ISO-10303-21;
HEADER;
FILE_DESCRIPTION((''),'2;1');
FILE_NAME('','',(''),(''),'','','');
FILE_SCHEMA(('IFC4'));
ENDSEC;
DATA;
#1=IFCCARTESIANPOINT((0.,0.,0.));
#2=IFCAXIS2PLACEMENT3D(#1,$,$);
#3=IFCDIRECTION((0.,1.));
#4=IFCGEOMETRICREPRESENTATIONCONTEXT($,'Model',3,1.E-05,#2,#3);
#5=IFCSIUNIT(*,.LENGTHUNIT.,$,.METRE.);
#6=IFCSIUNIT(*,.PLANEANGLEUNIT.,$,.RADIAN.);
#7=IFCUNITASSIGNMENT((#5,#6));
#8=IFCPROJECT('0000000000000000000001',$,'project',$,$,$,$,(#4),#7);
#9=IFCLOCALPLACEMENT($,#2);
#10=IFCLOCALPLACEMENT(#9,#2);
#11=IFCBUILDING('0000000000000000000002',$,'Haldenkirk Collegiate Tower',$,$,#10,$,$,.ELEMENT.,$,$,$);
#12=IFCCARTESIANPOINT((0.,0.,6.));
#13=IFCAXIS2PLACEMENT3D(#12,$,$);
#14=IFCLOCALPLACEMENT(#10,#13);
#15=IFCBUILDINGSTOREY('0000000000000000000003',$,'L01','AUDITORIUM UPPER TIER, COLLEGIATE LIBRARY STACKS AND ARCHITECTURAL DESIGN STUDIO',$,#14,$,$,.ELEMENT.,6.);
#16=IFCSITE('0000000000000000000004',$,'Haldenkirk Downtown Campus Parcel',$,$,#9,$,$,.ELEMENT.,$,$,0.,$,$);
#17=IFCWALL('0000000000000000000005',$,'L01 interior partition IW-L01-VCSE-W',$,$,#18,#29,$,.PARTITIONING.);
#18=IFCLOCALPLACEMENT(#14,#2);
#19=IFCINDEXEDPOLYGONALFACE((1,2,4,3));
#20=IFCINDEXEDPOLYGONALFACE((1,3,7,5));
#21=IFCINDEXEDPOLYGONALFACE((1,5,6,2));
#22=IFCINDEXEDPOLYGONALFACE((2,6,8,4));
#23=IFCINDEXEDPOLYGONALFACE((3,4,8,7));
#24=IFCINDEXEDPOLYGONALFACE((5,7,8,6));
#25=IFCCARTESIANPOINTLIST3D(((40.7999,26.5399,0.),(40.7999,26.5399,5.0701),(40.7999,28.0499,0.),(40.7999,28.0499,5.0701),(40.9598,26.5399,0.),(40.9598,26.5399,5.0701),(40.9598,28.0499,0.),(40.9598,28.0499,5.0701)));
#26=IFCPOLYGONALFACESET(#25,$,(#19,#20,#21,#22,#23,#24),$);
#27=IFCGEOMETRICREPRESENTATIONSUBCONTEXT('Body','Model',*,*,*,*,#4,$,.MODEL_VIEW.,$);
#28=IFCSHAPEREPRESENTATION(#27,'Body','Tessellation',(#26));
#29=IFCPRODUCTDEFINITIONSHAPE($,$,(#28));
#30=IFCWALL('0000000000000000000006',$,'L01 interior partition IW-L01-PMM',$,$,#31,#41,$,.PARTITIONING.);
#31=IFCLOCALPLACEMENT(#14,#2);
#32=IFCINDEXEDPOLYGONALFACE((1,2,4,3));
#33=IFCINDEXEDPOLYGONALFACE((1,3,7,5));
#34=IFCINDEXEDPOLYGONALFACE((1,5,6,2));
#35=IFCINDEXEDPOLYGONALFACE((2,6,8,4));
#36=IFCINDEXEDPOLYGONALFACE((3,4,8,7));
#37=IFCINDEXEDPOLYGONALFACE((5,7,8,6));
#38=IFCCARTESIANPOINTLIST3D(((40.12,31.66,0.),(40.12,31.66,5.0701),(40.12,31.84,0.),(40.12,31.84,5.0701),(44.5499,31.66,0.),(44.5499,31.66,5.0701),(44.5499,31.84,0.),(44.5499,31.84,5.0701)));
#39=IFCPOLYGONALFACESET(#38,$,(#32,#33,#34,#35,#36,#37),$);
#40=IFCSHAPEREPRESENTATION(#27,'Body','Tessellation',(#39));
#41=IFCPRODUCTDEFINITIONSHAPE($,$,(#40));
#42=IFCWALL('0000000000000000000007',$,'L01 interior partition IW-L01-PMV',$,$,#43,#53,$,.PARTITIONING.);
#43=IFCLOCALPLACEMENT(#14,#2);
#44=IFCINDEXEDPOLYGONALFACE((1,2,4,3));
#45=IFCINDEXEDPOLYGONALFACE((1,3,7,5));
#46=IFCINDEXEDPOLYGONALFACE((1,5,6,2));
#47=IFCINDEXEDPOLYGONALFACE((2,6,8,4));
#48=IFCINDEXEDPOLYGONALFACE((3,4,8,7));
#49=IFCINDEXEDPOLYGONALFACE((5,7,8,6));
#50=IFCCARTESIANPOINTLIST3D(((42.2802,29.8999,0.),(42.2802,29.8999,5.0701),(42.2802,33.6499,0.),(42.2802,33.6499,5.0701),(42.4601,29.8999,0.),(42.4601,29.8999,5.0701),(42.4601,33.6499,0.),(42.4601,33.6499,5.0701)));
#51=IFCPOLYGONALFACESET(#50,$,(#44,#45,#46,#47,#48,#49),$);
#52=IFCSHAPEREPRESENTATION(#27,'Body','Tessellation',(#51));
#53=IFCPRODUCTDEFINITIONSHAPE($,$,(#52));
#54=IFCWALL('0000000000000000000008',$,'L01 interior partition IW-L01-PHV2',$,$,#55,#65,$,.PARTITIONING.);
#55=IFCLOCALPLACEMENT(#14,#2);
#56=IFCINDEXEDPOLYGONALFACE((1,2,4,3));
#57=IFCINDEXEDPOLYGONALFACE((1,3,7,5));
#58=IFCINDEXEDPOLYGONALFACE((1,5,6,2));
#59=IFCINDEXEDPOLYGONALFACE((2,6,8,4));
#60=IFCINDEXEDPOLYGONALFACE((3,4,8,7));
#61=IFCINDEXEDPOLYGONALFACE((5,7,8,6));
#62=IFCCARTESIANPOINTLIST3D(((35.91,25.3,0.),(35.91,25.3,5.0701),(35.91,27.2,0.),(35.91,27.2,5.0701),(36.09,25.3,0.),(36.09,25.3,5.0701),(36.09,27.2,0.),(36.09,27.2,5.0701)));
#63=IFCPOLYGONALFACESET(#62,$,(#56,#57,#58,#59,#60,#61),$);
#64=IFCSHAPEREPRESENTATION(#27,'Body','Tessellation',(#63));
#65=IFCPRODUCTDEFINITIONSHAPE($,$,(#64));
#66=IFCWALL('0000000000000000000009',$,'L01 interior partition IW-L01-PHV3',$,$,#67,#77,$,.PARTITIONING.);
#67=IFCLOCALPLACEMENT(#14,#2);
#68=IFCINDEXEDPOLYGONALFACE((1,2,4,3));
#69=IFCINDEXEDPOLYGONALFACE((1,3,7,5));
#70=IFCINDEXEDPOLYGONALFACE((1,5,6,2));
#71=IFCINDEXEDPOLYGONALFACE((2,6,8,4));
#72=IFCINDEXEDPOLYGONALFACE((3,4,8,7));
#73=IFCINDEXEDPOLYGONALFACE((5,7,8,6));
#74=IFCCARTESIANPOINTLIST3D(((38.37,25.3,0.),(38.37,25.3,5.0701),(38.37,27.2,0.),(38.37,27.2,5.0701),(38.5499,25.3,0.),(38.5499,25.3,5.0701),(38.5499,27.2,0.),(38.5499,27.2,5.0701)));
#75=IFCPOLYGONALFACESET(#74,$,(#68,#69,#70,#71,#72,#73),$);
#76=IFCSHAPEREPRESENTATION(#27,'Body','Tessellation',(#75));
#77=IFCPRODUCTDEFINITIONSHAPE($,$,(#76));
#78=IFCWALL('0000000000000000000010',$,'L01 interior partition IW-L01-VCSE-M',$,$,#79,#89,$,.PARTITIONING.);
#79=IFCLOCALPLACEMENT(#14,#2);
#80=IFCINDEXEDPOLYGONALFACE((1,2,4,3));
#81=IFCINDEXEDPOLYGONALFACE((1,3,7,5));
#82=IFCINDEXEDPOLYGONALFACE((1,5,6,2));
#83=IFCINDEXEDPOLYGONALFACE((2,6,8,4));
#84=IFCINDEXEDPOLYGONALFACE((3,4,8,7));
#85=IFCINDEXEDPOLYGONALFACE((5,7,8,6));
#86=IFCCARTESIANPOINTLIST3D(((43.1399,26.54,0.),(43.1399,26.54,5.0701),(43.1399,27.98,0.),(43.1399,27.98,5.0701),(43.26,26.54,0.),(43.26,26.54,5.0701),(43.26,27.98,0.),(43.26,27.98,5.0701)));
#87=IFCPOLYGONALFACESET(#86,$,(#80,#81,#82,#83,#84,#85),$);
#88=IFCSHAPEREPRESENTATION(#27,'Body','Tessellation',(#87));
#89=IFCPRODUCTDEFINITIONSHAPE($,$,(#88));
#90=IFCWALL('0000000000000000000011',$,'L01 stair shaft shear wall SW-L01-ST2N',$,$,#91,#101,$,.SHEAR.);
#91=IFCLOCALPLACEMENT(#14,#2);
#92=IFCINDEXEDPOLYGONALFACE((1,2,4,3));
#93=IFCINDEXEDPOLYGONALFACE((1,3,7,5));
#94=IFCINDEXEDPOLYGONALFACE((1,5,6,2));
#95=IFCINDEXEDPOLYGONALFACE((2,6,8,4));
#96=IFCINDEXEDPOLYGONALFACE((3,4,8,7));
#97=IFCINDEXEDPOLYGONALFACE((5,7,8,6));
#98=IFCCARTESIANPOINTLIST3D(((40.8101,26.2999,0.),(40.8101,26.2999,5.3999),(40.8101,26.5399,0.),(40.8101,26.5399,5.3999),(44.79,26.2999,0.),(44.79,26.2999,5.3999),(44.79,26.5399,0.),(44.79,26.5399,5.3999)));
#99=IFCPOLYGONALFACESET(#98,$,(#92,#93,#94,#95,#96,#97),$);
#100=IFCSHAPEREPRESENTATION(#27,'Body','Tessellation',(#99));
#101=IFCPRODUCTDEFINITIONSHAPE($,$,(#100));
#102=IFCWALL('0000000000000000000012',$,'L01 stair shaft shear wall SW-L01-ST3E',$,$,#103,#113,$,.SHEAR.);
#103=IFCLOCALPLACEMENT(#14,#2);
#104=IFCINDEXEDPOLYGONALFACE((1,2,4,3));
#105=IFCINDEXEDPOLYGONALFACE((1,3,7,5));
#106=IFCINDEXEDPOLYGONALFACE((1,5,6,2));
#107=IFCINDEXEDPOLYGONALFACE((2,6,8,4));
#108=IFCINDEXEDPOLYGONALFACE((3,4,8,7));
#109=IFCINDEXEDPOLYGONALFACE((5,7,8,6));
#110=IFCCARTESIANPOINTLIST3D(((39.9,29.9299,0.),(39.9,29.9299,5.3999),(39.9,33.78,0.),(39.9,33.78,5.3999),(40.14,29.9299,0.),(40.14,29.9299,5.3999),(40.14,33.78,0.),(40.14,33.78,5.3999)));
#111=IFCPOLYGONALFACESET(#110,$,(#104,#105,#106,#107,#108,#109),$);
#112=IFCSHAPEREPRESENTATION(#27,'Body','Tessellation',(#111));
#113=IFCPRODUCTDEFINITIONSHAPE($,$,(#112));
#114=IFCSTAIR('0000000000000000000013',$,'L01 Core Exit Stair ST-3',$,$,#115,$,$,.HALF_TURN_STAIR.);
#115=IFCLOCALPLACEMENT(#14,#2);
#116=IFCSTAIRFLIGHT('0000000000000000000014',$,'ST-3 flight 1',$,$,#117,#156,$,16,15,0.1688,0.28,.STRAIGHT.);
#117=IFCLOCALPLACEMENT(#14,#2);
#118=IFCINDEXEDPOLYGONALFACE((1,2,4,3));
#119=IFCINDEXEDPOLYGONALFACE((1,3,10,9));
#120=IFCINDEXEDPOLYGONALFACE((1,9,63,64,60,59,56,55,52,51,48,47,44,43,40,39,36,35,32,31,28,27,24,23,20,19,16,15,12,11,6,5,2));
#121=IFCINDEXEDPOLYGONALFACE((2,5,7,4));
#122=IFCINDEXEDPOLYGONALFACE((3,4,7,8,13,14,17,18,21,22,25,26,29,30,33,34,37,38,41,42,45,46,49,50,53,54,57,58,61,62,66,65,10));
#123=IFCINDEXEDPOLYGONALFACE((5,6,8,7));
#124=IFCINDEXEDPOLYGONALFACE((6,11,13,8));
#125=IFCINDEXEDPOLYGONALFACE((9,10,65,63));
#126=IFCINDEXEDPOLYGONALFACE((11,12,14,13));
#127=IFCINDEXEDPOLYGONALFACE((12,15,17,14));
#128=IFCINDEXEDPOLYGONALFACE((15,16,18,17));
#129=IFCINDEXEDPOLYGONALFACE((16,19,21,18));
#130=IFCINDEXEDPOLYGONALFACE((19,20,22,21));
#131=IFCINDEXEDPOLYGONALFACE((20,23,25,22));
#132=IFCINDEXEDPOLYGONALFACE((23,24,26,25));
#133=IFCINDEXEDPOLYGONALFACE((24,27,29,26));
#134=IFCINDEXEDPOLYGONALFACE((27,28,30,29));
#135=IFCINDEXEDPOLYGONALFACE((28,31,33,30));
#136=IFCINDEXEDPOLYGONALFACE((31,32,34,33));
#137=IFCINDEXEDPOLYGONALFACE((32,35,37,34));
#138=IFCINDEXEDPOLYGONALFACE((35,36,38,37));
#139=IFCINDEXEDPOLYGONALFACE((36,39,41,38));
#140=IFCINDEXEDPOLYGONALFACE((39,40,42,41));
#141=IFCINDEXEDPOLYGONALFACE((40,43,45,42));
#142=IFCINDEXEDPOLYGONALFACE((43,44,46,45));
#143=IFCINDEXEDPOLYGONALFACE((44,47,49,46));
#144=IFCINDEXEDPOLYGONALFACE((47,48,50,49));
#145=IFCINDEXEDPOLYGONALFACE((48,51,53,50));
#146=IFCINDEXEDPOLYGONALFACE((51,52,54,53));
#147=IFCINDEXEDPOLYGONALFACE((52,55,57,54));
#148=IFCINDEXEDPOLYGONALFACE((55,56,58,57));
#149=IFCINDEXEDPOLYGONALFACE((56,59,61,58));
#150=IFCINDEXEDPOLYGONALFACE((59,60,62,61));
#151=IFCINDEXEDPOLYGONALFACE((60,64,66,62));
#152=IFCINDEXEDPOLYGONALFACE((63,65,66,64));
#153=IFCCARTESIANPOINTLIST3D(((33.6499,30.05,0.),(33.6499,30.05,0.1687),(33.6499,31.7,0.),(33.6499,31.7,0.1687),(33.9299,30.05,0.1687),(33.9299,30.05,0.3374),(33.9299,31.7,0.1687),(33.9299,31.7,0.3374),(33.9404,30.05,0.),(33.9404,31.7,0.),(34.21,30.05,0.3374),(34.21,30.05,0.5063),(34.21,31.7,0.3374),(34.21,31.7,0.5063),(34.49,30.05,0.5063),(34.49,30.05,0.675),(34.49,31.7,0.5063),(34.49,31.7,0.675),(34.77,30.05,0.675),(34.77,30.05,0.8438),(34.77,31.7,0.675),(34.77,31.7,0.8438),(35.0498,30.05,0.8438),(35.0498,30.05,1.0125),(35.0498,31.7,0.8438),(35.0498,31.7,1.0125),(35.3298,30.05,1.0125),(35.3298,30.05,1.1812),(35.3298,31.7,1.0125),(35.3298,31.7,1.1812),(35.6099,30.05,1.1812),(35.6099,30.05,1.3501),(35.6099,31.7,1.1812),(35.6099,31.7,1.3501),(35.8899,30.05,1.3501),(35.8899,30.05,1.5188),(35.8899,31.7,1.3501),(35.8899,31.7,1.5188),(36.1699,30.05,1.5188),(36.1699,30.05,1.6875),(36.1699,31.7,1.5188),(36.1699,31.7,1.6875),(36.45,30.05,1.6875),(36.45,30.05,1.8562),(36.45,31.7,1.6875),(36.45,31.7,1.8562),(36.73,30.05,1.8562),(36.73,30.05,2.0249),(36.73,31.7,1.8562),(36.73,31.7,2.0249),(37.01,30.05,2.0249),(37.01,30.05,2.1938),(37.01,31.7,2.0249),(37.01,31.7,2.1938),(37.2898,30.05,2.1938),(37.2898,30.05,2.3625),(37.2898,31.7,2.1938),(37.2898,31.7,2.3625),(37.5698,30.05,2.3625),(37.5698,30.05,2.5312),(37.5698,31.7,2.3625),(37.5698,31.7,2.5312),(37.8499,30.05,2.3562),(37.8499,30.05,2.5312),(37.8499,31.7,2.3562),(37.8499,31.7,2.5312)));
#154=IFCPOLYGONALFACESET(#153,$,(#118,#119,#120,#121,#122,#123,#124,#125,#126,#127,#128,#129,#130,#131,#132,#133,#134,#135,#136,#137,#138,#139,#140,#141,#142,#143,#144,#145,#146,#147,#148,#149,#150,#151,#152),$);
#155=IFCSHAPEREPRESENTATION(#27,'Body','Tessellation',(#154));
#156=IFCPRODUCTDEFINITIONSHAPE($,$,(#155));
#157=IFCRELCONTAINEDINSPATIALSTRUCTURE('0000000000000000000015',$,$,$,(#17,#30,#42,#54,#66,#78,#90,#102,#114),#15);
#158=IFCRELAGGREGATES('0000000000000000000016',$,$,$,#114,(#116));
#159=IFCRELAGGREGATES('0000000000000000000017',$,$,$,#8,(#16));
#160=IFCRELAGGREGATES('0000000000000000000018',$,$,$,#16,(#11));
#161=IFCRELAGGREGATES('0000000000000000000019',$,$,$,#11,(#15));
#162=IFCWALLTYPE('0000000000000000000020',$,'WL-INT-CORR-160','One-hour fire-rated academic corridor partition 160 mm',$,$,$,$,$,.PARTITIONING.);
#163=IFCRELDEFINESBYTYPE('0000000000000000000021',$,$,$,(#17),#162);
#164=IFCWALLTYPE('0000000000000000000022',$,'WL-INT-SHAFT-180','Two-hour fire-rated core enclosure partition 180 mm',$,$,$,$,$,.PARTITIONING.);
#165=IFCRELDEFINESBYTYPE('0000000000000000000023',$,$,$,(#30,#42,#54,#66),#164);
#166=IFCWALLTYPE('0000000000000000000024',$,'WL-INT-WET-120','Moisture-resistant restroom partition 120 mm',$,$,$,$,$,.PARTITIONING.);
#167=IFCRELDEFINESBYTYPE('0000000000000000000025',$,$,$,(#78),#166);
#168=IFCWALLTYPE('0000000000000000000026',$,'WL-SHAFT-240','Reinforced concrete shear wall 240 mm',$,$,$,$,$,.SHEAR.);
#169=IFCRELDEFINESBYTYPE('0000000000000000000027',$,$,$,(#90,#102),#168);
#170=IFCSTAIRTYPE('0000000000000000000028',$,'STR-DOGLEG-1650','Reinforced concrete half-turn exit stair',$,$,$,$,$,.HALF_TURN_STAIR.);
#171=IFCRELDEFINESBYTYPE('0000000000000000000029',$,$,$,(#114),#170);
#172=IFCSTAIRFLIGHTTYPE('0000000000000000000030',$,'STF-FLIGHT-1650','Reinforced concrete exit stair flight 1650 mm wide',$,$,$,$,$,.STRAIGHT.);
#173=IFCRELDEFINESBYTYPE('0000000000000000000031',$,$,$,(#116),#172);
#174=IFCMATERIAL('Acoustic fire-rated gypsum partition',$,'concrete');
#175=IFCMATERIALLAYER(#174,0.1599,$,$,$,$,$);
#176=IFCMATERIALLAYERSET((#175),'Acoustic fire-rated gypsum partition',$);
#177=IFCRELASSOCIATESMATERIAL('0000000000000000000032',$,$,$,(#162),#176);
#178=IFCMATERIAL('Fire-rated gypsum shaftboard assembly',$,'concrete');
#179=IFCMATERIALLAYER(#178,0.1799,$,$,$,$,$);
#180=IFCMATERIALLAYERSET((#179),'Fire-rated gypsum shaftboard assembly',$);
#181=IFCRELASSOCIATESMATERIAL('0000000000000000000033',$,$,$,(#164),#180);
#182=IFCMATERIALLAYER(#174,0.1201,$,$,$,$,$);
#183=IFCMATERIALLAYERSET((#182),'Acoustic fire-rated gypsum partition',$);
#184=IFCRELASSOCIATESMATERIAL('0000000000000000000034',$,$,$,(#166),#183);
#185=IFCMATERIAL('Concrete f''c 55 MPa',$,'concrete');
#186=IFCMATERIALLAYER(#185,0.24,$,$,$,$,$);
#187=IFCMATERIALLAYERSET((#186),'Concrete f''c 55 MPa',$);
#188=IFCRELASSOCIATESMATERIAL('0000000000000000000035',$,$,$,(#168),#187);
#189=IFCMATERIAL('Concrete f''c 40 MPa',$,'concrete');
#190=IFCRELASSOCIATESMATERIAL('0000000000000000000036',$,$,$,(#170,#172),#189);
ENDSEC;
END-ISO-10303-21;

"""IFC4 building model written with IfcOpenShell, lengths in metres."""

from ifc_helpers import new_model, si_unit, direction, frame, frame_2d, origin, place, context, subcontext, project, spatial, polyline, rectangle, outline, extrude, material, layer, layer_set, type_object, element, aggregate, save


model = new_model("IFC4")

# Units and contexts
model_context = context("Model", 3, precision=1e-05, world=origin(), true_north=direction((0.0, 1.0)))
body_context = subcontext(model_context, "Body", "Model", "MODEL_VIEW")
ifc_project = project(units=[si_unit("LENGTHUNIT", "METRE"), si_unit("PLANEANGLEUNIT", "RADIAN")], contexts=[model_context])

# Site, building, storey
site_placement = place(None, origin())
site = spatial("IfcSite", under=ifc_project, at=site_placement, Name="Haldenkirk Downtown Campus Parcel", CompositionType="ELEMENT", RefElevation=0.0)
building_placement = place(site_placement, origin())
building = spatial("IfcBuilding", under=site, at=building_placement, Name="Haldenkirk Collegiate Tower", CompositionType="ELEMENT")
storey_placement = place(building_placement, frame((0.0, 0.0, 6.0)))
storey = spatial("IfcBuildingStorey", under=building, at=storey_placement, Name="L01", Description="AUDITORIUM UPPER TIER, COLLEGIATE LIBRARY STACKS AND ARCHITECTURAL DESIGN STUDIO", CompositionType="ELEMENT", Elevation=6.0)

# Shared definitions
ifc_material_1 = material(Name="Acoustic fire-rated gypsum partition", Category="concrete")
ifc_layer_1 = layer(ifc_material_1, 0.1599)
ifc_layer_set_1 = layer_set([ifc_layer_1], Name="Acoustic fire-rated gypsum partition")
wall_type_1 = type_object("IfcWallType", Name="WL-INT-CORR-160", Description="One-hour fire-rated academic corridor partition 160 mm", PredefinedType="PARTITIONING", material=ifc_layer_set_1)

# Wall
wall_1_placement = place(storey_placement, frame((40.8799, 26.54, 0.0), z_axis=(0.0, 0.0, 1.0), x_axis=(0.0, 1.0, 0.0)))
element("IfcWall", 1, at=wall_1_placement, inside=storey, type_object=wall_type_1, Name="L01 interior partition IW-L01-VCSE-W", PredefinedType="PARTITIONING", context=body_context, shape_type="SweptSolid", body=[
    extrude(rectangle(XDim=1.51, YDim=0.1599, at=frame_2d((0.7549, 0.0))), origin(), (0.0, 0.0, 1.0), 5.0701),
])

# Shared definitions
ifc_material_2 = material(Name="Fire-rated gypsum shaftboard assembly", Category="concrete")
ifc_layer_2 = layer(ifc_material_2, 0.1799)
ifc_layer_set_2 = layer_set([ifc_layer_2], Name="Fire-rated gypsum shaftboard assembly")
wall_type_2 = type_object("IfcWallType", Name="WL-INT-SHAFT-180", Description="Two-hour fire-rated core enclosure partition 180 mm", PredefinedType="PARTITIONING", material=ifc_layer_set_2)

# Walls
wall_2_placement = place(storey_placement, frame((40.1201, 31.75, 0.0), z_axis=(0.0, 0.0, 1.0), x_axis=(1.0, 0.0, 0.0)))
element("IfcWall", 2, at=wall_2_placement, inside=storey, type_object=wall_type_2, Name="L01 interior partition IW-L01-PMM", PredefinedType="PARTITIONING", context=body_context, shape_type="SweptSolid", body=[
    extrude(rectangle(XDim=4.4299, YDim=0.1799, at=frame_2d((2.2148, 0.0))), origin(), (0.0, 0.0, 1.0), 5.0701),
])
wall_3_placement = place(storey_placement, frame((42.3701, 29.8999, 0.0), z_axis=(0.0, 0.0, 1.0), x_axis=(0.0, 1.0, 0.0)))
element("IfcWall", 3, at=wall_3_placement, inside=storey, type_object=wall_type_2, Name="L01 interior partition IW-L01-PMV", PredefinedType="PARTITIONING", context=body_context, shape_type="SweptSolid", body=[
    extrude(rectangle(XDim=3.75, YDim=0.1799, at=frame_2d((1.875, 0.0))), origin(), (0.0, 0.0, 1.0), 5.0701),
])
for number, where, z_axis, x_axis, name in (
    (4, (36.0, 25.3, 0.0), (0.0, 0.0, 1.0), (0.0, 1.0, 0.0), "L01 interior partition IW-L01-PHV2"),
    (5, (38.46, 25.3, 0.0), (0.0, 0.0, 1.0), (0.0, 1.0, 0.0), "L01 interior partition IW-L01-PHV3"),
):
    element("IfcWall", number, at=place(storey_placement, frame(where, z_axis=z_axis, x_axis=x_axis)), inside=storey, type_object=wall_type_2, Name=name, PredefinedType="PARTITIONING", context=body_context, shape_type="SweptSolid", body=[
        extrude(rectangle(XDim=1.8999, YDim=0.1799, at=frame_2d((0.95, 0.0))), origin(), (0.0, 0.0, 1.0), 5.0701),
    ])
ifc_layer_3 = layer(ifc_material_1, 0.1201)
ifc_layer_set_3 = layer_set([ifc_layer_3], Name="Acoustic fire-rated gypsum partition")
wall_type_3 = type_object("IfcWallType", Name="WL-INT-WET-120", Description="Moisture-resistant restroom partition 120 mm", PredefinedType="PARTITIONING", material=ifc_layer_set_3)
wall_4_placement = place(storey_placement, frame((43.2, 26.54, 0.0), z_axis=(0.0, 0.0, 1.0), x_axis=(0.0, 1.0, 0.0)))
element("IfcWall", 6, at=wall_4_placement, inside=storey, type_object=wall_type_3, Name="L01 interior partition IW-L01-VCSE-M", PredefinedType="PARTITIONING", context=body_context, shape_type="SweptSolid", body=[
    extrude(rectangle(XDim=1.4399, YDim=0.1201, at=frame_2d((0.72, 0.0))), origin(), (0.0, 0.0, 1.0), 5.0701),
])
ifc_material_3 = material(Name="Concrete f'c 55 MPa", Category="concrete")
ifc_layer_4 = layer(ifc_material_3, 0.24)
ifc_layer_set_4 = layer_set([ifc_layer_4], Name="Concrete f'c 55 MPa")
wall_type_4 = type_object("IfcWallType", Name="WL-SHAFT-240", Description="Reinforced concrete shear wall 240 mm", PredefinedType="SHEAR", material=ifc_layer_set_4)
wall_5_placement = place(storey_placement, frame((40.8101, 26.4199, 0.0), z_axis=(0.0, 0.0, 1.0), x_axis=(1.0, 0.0, 0.0)))
element("IfcWall", 7, at=wall_5_placement, inside=storey, type_object=wall_type_4, Name="L01 stair shaft shear wall SW-L01-ST2N", PredefinedType="SHEAR", context=body_context, shape_type="SweptSolid", body=[
    extrude(rectangle(XDim=3.98, YDim=0.24, at=frame_2d((1.99, 0.0))), origin(), (0.0, 0.0, 1.0), 5.3999),
])
wall_6_placement = place(storey_placement, frame((40.02, 29.9299, 0.0), z_axis=(0.0, 0.0, 1.0), x_axis=(0.0, 1.0, 0.0)))
element("IfcWall", 8, at=wall_6_placement, inside=storey, type_object=wall_type_4, Name="L01 stair shaft shear wall SW-L01-ST3E", PredefinedType="SHEAR", context=body_context, shape_type="SweptSolid", body=[
    extrude(rectangle(XDim=3.8501, YDim=0.24, at=frame_2d((1.925, 0.0))), origin(), (0.0, 0.0, 1.0), 5.3999),
])

# Stair, stair flight
ifc_material_4 = material(Name="Concrete f'c 40 MPa", Category="concrete")
stair_type = type_object("IfcStairType", Name="STR-DOGLEG-1650", Description="Reinforced concrete half-turn exit stair", PredefinedType="HALF_TURN_STAIR", material=ifc_material_4)
stair_placement = place(storey_placement, origin())
stair = element("IfcStair", 9, at=stair_placement, inside=storey, type_object=stair_type, Name="L01 Core Exit Stair ST-3", PredefinedType="HALF_TURN_STAIR")
stair_flight_type = type_object("IfcStairFlightType", Name="STF-FLIGHT-1650", Description="Reinforced concrete exit stair flight 1650 mm wide", PredefinedType="STRAIGHT", material=ifc_material_4)
stair_flight_placement = place(storey_placement, frame((33.6499, 30.875, 0.0), z_axis=(0.0, 0.0, 1.0), x_axis=(1.0, 0.0, 0.0)))
stair_flight = element("IfcStairFlight", 10, at=stair_flight_placement, type_object=stair_flight_type, Name="ST-3 flight 1", NumberOfRisers=16, NumberOfTreads=15, PredefinedType="STRAIGHT", RiserHeight=0.1688, TreadLength=0.28, context=body_context, shape_type="SweptSolid", body=[
    extrude(outline(polyline([(0.0, 0.0), (0.0, 0.1687), (0.28, 0.1687), (0.28, 0.3374), (0.5601, 0.3374), (0.5601, 0.5063), (0.8401, 0.5063), (0.8401, 0.675), (1.1201, 0.675), (1.1201, 0.8438), (1.3999, 0.8438), (1.3999, 1.0125), (1.6799, 1.0125), (1.6799, 1.1812), (1.96, 1.1812), (1.96, 1.3501), (2.24, 1.3501), (2.24, 1.5188), (2.52, 1.5188), (2.52, 1.6875), (2.8, 1.6875), (2.8, 1.8562), (3.0801, 1.8562), (3.0801, 2.0249), (3.3601, 2.0249), (3.3601, 2.1938), (3.6399, 2.1938), (3.6399, 2.3625), (3.9199, 2.3625), (3.9199, 2.5312), (4.2, 2.5312), (4.2, 2.7), (4.2, 2.3562), (0.2905, 0.0), (0.0, 0.0)])), frame((0.0, 0.825, 0.0), z_axis=(0.0, -1.0, 0.0), x_axis=(1.0, 0.0, 0.0)), (0.0, 0.0, 1.0), 1.6499),
])
aggregate(stair, [stair_flight])

save(model, "model.ifc")
